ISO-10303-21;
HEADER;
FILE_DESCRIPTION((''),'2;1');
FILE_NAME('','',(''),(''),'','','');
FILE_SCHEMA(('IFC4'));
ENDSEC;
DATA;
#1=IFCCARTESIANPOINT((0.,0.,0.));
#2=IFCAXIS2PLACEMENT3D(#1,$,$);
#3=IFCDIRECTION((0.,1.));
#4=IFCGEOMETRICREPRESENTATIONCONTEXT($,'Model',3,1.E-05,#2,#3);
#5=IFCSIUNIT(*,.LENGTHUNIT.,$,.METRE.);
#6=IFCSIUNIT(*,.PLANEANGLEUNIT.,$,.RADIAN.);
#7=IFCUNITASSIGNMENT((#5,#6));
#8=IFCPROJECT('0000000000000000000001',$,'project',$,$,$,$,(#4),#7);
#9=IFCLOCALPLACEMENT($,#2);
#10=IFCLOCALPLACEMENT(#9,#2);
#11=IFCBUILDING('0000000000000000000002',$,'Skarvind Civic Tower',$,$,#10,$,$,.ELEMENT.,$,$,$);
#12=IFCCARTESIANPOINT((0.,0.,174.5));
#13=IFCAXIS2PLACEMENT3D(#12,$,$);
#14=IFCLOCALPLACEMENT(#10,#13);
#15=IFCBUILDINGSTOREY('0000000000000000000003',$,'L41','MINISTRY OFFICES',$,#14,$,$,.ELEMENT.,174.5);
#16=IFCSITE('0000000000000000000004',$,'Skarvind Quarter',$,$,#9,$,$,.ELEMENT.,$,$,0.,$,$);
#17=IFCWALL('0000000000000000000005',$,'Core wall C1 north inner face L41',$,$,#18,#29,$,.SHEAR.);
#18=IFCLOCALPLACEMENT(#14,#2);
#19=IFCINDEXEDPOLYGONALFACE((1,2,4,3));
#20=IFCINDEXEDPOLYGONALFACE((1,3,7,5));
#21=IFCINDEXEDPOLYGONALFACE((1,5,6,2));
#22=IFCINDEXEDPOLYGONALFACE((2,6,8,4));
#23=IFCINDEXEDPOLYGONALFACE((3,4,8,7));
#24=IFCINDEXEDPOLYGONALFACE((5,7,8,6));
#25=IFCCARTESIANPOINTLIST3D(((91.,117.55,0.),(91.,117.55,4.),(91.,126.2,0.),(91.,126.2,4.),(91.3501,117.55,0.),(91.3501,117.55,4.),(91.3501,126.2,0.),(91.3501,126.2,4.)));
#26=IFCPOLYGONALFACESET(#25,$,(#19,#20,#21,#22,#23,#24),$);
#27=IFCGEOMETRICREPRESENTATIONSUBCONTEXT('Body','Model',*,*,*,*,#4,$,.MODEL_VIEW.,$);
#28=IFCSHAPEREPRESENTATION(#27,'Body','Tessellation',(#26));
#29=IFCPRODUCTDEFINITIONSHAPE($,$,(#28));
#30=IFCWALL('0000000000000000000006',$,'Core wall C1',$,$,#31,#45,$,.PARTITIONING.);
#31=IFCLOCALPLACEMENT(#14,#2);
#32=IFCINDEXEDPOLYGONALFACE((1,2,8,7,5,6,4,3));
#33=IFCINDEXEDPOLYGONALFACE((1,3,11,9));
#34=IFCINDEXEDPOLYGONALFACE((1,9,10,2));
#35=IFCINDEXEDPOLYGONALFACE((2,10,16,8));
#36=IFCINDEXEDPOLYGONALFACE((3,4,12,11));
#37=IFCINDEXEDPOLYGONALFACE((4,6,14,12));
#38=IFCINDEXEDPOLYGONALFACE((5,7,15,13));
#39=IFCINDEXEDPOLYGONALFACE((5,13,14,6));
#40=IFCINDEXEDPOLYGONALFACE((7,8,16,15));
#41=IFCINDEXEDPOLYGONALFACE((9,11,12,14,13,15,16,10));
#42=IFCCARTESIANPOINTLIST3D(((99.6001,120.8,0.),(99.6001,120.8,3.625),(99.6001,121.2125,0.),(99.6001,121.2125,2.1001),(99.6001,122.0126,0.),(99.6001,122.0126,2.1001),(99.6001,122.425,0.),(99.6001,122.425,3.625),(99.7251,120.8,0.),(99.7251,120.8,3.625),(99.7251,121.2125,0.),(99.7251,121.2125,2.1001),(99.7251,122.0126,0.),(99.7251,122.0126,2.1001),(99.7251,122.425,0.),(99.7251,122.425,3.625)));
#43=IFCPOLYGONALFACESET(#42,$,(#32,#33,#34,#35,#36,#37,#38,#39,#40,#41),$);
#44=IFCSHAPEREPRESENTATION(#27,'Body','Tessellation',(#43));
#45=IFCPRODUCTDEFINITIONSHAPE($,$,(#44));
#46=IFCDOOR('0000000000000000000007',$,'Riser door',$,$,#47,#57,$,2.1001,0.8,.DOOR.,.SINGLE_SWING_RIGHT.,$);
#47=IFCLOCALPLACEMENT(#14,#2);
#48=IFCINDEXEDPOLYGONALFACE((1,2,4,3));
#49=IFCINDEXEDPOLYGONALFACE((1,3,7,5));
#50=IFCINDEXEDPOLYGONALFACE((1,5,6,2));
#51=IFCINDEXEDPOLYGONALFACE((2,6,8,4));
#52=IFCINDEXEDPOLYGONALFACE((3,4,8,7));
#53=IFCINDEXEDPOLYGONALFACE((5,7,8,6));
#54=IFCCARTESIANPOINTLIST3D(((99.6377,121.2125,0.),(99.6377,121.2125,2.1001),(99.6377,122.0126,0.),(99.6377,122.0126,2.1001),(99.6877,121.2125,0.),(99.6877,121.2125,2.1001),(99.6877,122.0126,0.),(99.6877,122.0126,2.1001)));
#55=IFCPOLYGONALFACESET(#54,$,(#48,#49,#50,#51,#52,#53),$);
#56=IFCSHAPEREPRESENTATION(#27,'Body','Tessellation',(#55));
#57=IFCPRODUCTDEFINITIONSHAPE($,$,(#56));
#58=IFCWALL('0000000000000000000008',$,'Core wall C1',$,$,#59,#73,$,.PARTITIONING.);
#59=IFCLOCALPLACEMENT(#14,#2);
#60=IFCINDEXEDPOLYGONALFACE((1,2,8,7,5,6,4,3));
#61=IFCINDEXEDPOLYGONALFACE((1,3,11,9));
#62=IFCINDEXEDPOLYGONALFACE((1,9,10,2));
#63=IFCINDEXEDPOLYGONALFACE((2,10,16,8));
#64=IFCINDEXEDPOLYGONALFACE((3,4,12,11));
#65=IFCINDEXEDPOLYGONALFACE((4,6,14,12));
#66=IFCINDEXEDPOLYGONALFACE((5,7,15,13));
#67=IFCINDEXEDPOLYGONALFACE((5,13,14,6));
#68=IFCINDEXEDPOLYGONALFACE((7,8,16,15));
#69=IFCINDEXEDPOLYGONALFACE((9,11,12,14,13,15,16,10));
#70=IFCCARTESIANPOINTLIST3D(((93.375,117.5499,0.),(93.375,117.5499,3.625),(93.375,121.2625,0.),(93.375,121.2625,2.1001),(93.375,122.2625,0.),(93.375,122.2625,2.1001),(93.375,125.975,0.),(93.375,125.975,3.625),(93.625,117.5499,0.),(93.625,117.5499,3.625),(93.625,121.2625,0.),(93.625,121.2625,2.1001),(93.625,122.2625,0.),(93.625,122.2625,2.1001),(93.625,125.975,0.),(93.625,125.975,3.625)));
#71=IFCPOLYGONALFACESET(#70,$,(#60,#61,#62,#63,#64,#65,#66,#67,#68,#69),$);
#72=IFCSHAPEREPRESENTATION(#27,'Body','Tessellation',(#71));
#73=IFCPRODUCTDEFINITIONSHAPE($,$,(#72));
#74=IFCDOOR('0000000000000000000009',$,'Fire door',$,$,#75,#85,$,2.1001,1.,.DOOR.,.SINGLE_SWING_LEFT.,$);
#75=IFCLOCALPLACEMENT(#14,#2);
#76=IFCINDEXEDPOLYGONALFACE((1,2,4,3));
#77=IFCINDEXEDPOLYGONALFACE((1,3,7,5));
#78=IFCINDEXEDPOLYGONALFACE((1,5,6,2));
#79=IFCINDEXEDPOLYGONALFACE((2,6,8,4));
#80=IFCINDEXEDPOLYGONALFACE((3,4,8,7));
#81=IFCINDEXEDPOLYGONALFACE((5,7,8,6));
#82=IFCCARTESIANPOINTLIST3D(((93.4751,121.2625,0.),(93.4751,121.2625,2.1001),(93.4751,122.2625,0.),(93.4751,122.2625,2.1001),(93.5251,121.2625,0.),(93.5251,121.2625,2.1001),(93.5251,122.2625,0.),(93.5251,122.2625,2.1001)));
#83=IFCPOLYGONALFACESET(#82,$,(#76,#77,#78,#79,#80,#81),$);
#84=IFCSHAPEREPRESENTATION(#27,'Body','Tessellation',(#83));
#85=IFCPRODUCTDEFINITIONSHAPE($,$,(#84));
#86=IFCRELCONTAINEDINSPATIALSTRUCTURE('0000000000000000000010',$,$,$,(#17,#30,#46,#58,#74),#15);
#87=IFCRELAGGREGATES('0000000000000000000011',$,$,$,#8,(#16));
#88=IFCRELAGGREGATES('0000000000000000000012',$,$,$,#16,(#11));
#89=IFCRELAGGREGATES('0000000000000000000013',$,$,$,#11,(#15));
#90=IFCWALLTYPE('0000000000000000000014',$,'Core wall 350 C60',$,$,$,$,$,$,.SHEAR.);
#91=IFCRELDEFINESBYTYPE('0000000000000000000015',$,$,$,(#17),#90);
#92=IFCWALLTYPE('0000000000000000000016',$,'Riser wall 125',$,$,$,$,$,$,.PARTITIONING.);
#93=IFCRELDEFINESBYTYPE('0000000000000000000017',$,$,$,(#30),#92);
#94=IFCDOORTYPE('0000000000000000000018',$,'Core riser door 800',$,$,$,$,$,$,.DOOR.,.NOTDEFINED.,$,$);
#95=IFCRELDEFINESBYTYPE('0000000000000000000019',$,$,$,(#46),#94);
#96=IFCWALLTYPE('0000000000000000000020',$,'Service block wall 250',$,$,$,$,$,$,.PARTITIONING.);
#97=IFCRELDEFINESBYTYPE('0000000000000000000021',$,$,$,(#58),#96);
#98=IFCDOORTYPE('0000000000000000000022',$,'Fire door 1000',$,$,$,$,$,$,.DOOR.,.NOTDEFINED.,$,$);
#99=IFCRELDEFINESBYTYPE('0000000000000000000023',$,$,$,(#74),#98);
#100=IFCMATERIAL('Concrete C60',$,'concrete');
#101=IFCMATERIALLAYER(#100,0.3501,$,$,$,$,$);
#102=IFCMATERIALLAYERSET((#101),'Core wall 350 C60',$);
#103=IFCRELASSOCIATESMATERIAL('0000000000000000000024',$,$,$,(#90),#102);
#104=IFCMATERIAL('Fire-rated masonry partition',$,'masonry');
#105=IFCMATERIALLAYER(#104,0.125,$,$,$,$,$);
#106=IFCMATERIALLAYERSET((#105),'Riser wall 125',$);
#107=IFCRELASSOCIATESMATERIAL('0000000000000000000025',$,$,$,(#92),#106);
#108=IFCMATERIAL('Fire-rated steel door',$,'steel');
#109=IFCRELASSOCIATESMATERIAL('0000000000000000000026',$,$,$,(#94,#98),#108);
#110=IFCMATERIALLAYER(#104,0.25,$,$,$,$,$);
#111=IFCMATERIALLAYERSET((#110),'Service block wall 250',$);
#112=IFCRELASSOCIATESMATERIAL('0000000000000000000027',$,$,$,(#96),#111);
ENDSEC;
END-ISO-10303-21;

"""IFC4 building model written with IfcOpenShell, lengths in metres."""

from ifc_helpers import new_model, si_unit, direction, frame, frame_2d, origin, place, context, subcontext, project, spatial, rectangle, extrude, material, layer, layer_set, type_object, element, fill, save


model = new_model("IFC4")

# Units and contexts
model_context = context("Model", 3, precision=1e-05, world=origin(), true_north=direction((0.0, 1.0)))
body_context = subcontext(model_context, "Body", "Model", "MODEL_VIEW")
ifc_project = project(units=[si_unit("LENGTHUNIT", "METRE"), si_unit("PLANEANGLEUNIT", "RADIAN")], contexts=[model_context])

# Site, building, storey
site_placement = place(None, origin())
site = spatial("IfcSite", under=ifc_project, at=site_placement, Name="Skarvind Quarter", CompositionType="ELEMENT", RefElevation=0.0)
building_placement = place(site_placement, origin())
building = spatial("IfcBuilding", under=site, at=building_placement, Name="Skarvind Civic Tower", CompositionType="ELEMENT")
storey_placement = place(building_placement, frame((0.0, 0.0, 174.5)))
storey = spatial("IfcBuildingStorey", under=building, at=storey_placement, Name="L41", Description="MINISTRY OFFICES", CompositionType="ELEMENT", Elevation=174.5)

# Shared definitions
ifc_material_1 = material(Name="Concrete C60", Category="concrete")

# Shared definitions
ifc_material_2 = material(Name="Fire-rated masonry partition", Category="masonry")
ifc_material_3 = material(Name="Fire-rated steel door", Category="steel")

# Wall
ifc_layer_1 = layer(ifc_material_1, 0.3501)
ifc_layer_set_1 = layer_set([ifc_layer_1], Name="Core wall 350 C60")
wall_type_1 = type_object("IfcWallType", Name="Core wall 350 C60", PredefinedType="SHEAR", material=ifc_layer_set_1)
wall_1_placement = place(storey_placement, frame((91.175, 126.2, 0.0), z_axis=(0.0, 0.0, 1.0), x_axis=(0.0, -1.0, 0.0)))
element("IfcWall", 1, at=wall_1_placement, inside=storey, type_object=wall_type_1, Name="Core wall C1 north inner face L41", PredefinedType="SHEAR", context=body_context, shape_type="SweptSolid", body=[
    extrude(rectangle(XDim=8.6499, YDim=0.3501, at=frame_2d((4.325, 0.0))), origin(), (0.0, 0.0, 1.0), 4.0),
])

# Walls, openings, doors
ifc_layer_2 = layer(ifc_material_2, 0.125)
ifc_layer_set_2 = layer_set([ifc_layer_2], Name="Riser wall 125")
wall_type_2 = type_object("IfcWallType", Name="Riser wall 125", PredefinedType="PARTITIONING", material=ifc_layer_set_2)
wall_2_placement = place(storey_placement, frame((99.6626, 120.8, 0.0), z_axis=(0.0, 0.0, 1.0), x_axis=(0.0, 1.0, 0.0)))
wall_2 = element("IfcWall", 2, at=wall_2_placement, inside=storey, type_object=wall_type_2, Name="Core wall C1", PredefinedType="PARTITIONING", context=body_context, shape_type="SweptSolid", body=[
    extrude(rectangle(XDim=1.625, YDim=0.125, at=frame_2d((0.8125, 0.0))), origin(), (0.0, 0.0, 1.0), 3.625),
])
opening_1_placement = place(wall_2_placement, frame((0.4126, 0.0, 0.0)))
opening_1 = element("IfcOpeningElement", 3, at=opening_1_placement, cuts=wall_2, PredefinedType="OPENING", context=body_context, shape_type="SweptSolid", body=[
    extrude(rectangle(XDim=0.8, YDim=2.1001, at=frame_2d((0.3999, 1.05))), frame((0.0, 0.0725, 0.0), z_axis=(0.0, -1.0, 0.0), x_axis=(1.0, 0.0, 0.0)), (0.0, 0.0, 1.0), 0.145),
])
door_type_1 = type_object("IfcDoorType", Name="Core riser door 800", OperationType="NOTDEFINED", PredefinedType="DOOR", material=ifc_material_3)
door_1_placement = place(opening_1_placement, origin())
door_1 = element("IfcDoor", 4, at=door_1_placement, inside=storey, type_object=door_type_1, Name="Riser door", OperationType="SINGLE_SWING_RIGHT", OverallHeight=2.1001, OverallWidth=0.8, PredefinedType="DOOR", context=body_context, shape_type="SweptSolid", body=[
    extrude(rectangle(XDim=0.8, YDim=2.1001, at=frame_2d((0.3999, 1.05))), frame((0.0, 0.0249, 0.0), z_axis=(0.0, -1.0, 0.0), x_axis=(1.0, 0.0, 0.0)), (0.0, 0.0, 1.0), 0.05),
])
fill(opening_1, door_1)
ifc_layer_3 = layer(ifc_material_2, 0.25)
ifc_layer_set_3 = layer_set([ifc_layer_3], Name="Service block wall 250")
wall_type_3 = type_object("IfcWallType", Name="Service block wall 250", PredefinedType="PARTITIONING", material=ifc_layer_set_3)
wall_3_placement = place(storey_placement, frame((93.5, 117.55, 0.0), z_axis=(0.0, 0.0, 1.0), x_axis=(0.0, 1.0, 0.0)))
wall_3 = element("IfcWall", 5, at=wall_3_placement, inside=storey, type_object=wall_type_3, Name="Core wall C1", PredefinedType="PARTITIONING", context=body_context, shape_type="SweptSolid", body=[
    extrude(rectangle(XDim=8.425, YDim=0.25, at=frame_2d((4.2124, 0.0))), origin(), (0.0, 0.0, 1.0), 3.625),
])
opening_2_placement = place(wall_3_placement, frame((3.7124, 0.0, 0.0)))
opening_2 = element("IfcOpeningElement", 6, at=opening_2_placement, cuts=wall_3, PredefinedType="OPENING", context=body_context, shape_type="SweptSolid", body=[
    extrude(rectangle(XDim=1.0, YDim=2.1001, at=frame_2d((0.5, 1.05))), frame((0.0, 0.135, 0.0), z_axis=(0.0, -1.0, 0.0), x_axis=(1.0, 0.0, 0.0)), (0.0, 0.0, 1.0), 0.27),
])
door_type_2 = type_object("IfcDoorType", Name="Fire door 1000", OperationType="NOTDEFINED", PredefinedType="DOOR", material=ifc_material_3)
door_2_placement = place(opening_2_placement, origin())
door_2 = element("IfcDoor", 7, at=door_2_placement, inside=storey, type_object=door_type_2, Name="Fire door", OperationType="SINGLE_SWING_LEFT", OverallHeight=2.1001, OverallWidth=1.0, PredefinedType="DOOR", context=body_context, shape_type="SweptSolid", body=[
    extrude(rectangle(XDim=1.0, YDim=2.1001, at=frame_2d((0.5, 1.05))), frame((0.0, 0.0249, 0.0), z_axis=(0.0, -1.0, 0.0), x_axis=(1.0, 0.0, 0.0)), (0.0, 0.0, 1.0), 0.05),
])
fill(opening_2, door_2)

save(model, "model.ifc")
